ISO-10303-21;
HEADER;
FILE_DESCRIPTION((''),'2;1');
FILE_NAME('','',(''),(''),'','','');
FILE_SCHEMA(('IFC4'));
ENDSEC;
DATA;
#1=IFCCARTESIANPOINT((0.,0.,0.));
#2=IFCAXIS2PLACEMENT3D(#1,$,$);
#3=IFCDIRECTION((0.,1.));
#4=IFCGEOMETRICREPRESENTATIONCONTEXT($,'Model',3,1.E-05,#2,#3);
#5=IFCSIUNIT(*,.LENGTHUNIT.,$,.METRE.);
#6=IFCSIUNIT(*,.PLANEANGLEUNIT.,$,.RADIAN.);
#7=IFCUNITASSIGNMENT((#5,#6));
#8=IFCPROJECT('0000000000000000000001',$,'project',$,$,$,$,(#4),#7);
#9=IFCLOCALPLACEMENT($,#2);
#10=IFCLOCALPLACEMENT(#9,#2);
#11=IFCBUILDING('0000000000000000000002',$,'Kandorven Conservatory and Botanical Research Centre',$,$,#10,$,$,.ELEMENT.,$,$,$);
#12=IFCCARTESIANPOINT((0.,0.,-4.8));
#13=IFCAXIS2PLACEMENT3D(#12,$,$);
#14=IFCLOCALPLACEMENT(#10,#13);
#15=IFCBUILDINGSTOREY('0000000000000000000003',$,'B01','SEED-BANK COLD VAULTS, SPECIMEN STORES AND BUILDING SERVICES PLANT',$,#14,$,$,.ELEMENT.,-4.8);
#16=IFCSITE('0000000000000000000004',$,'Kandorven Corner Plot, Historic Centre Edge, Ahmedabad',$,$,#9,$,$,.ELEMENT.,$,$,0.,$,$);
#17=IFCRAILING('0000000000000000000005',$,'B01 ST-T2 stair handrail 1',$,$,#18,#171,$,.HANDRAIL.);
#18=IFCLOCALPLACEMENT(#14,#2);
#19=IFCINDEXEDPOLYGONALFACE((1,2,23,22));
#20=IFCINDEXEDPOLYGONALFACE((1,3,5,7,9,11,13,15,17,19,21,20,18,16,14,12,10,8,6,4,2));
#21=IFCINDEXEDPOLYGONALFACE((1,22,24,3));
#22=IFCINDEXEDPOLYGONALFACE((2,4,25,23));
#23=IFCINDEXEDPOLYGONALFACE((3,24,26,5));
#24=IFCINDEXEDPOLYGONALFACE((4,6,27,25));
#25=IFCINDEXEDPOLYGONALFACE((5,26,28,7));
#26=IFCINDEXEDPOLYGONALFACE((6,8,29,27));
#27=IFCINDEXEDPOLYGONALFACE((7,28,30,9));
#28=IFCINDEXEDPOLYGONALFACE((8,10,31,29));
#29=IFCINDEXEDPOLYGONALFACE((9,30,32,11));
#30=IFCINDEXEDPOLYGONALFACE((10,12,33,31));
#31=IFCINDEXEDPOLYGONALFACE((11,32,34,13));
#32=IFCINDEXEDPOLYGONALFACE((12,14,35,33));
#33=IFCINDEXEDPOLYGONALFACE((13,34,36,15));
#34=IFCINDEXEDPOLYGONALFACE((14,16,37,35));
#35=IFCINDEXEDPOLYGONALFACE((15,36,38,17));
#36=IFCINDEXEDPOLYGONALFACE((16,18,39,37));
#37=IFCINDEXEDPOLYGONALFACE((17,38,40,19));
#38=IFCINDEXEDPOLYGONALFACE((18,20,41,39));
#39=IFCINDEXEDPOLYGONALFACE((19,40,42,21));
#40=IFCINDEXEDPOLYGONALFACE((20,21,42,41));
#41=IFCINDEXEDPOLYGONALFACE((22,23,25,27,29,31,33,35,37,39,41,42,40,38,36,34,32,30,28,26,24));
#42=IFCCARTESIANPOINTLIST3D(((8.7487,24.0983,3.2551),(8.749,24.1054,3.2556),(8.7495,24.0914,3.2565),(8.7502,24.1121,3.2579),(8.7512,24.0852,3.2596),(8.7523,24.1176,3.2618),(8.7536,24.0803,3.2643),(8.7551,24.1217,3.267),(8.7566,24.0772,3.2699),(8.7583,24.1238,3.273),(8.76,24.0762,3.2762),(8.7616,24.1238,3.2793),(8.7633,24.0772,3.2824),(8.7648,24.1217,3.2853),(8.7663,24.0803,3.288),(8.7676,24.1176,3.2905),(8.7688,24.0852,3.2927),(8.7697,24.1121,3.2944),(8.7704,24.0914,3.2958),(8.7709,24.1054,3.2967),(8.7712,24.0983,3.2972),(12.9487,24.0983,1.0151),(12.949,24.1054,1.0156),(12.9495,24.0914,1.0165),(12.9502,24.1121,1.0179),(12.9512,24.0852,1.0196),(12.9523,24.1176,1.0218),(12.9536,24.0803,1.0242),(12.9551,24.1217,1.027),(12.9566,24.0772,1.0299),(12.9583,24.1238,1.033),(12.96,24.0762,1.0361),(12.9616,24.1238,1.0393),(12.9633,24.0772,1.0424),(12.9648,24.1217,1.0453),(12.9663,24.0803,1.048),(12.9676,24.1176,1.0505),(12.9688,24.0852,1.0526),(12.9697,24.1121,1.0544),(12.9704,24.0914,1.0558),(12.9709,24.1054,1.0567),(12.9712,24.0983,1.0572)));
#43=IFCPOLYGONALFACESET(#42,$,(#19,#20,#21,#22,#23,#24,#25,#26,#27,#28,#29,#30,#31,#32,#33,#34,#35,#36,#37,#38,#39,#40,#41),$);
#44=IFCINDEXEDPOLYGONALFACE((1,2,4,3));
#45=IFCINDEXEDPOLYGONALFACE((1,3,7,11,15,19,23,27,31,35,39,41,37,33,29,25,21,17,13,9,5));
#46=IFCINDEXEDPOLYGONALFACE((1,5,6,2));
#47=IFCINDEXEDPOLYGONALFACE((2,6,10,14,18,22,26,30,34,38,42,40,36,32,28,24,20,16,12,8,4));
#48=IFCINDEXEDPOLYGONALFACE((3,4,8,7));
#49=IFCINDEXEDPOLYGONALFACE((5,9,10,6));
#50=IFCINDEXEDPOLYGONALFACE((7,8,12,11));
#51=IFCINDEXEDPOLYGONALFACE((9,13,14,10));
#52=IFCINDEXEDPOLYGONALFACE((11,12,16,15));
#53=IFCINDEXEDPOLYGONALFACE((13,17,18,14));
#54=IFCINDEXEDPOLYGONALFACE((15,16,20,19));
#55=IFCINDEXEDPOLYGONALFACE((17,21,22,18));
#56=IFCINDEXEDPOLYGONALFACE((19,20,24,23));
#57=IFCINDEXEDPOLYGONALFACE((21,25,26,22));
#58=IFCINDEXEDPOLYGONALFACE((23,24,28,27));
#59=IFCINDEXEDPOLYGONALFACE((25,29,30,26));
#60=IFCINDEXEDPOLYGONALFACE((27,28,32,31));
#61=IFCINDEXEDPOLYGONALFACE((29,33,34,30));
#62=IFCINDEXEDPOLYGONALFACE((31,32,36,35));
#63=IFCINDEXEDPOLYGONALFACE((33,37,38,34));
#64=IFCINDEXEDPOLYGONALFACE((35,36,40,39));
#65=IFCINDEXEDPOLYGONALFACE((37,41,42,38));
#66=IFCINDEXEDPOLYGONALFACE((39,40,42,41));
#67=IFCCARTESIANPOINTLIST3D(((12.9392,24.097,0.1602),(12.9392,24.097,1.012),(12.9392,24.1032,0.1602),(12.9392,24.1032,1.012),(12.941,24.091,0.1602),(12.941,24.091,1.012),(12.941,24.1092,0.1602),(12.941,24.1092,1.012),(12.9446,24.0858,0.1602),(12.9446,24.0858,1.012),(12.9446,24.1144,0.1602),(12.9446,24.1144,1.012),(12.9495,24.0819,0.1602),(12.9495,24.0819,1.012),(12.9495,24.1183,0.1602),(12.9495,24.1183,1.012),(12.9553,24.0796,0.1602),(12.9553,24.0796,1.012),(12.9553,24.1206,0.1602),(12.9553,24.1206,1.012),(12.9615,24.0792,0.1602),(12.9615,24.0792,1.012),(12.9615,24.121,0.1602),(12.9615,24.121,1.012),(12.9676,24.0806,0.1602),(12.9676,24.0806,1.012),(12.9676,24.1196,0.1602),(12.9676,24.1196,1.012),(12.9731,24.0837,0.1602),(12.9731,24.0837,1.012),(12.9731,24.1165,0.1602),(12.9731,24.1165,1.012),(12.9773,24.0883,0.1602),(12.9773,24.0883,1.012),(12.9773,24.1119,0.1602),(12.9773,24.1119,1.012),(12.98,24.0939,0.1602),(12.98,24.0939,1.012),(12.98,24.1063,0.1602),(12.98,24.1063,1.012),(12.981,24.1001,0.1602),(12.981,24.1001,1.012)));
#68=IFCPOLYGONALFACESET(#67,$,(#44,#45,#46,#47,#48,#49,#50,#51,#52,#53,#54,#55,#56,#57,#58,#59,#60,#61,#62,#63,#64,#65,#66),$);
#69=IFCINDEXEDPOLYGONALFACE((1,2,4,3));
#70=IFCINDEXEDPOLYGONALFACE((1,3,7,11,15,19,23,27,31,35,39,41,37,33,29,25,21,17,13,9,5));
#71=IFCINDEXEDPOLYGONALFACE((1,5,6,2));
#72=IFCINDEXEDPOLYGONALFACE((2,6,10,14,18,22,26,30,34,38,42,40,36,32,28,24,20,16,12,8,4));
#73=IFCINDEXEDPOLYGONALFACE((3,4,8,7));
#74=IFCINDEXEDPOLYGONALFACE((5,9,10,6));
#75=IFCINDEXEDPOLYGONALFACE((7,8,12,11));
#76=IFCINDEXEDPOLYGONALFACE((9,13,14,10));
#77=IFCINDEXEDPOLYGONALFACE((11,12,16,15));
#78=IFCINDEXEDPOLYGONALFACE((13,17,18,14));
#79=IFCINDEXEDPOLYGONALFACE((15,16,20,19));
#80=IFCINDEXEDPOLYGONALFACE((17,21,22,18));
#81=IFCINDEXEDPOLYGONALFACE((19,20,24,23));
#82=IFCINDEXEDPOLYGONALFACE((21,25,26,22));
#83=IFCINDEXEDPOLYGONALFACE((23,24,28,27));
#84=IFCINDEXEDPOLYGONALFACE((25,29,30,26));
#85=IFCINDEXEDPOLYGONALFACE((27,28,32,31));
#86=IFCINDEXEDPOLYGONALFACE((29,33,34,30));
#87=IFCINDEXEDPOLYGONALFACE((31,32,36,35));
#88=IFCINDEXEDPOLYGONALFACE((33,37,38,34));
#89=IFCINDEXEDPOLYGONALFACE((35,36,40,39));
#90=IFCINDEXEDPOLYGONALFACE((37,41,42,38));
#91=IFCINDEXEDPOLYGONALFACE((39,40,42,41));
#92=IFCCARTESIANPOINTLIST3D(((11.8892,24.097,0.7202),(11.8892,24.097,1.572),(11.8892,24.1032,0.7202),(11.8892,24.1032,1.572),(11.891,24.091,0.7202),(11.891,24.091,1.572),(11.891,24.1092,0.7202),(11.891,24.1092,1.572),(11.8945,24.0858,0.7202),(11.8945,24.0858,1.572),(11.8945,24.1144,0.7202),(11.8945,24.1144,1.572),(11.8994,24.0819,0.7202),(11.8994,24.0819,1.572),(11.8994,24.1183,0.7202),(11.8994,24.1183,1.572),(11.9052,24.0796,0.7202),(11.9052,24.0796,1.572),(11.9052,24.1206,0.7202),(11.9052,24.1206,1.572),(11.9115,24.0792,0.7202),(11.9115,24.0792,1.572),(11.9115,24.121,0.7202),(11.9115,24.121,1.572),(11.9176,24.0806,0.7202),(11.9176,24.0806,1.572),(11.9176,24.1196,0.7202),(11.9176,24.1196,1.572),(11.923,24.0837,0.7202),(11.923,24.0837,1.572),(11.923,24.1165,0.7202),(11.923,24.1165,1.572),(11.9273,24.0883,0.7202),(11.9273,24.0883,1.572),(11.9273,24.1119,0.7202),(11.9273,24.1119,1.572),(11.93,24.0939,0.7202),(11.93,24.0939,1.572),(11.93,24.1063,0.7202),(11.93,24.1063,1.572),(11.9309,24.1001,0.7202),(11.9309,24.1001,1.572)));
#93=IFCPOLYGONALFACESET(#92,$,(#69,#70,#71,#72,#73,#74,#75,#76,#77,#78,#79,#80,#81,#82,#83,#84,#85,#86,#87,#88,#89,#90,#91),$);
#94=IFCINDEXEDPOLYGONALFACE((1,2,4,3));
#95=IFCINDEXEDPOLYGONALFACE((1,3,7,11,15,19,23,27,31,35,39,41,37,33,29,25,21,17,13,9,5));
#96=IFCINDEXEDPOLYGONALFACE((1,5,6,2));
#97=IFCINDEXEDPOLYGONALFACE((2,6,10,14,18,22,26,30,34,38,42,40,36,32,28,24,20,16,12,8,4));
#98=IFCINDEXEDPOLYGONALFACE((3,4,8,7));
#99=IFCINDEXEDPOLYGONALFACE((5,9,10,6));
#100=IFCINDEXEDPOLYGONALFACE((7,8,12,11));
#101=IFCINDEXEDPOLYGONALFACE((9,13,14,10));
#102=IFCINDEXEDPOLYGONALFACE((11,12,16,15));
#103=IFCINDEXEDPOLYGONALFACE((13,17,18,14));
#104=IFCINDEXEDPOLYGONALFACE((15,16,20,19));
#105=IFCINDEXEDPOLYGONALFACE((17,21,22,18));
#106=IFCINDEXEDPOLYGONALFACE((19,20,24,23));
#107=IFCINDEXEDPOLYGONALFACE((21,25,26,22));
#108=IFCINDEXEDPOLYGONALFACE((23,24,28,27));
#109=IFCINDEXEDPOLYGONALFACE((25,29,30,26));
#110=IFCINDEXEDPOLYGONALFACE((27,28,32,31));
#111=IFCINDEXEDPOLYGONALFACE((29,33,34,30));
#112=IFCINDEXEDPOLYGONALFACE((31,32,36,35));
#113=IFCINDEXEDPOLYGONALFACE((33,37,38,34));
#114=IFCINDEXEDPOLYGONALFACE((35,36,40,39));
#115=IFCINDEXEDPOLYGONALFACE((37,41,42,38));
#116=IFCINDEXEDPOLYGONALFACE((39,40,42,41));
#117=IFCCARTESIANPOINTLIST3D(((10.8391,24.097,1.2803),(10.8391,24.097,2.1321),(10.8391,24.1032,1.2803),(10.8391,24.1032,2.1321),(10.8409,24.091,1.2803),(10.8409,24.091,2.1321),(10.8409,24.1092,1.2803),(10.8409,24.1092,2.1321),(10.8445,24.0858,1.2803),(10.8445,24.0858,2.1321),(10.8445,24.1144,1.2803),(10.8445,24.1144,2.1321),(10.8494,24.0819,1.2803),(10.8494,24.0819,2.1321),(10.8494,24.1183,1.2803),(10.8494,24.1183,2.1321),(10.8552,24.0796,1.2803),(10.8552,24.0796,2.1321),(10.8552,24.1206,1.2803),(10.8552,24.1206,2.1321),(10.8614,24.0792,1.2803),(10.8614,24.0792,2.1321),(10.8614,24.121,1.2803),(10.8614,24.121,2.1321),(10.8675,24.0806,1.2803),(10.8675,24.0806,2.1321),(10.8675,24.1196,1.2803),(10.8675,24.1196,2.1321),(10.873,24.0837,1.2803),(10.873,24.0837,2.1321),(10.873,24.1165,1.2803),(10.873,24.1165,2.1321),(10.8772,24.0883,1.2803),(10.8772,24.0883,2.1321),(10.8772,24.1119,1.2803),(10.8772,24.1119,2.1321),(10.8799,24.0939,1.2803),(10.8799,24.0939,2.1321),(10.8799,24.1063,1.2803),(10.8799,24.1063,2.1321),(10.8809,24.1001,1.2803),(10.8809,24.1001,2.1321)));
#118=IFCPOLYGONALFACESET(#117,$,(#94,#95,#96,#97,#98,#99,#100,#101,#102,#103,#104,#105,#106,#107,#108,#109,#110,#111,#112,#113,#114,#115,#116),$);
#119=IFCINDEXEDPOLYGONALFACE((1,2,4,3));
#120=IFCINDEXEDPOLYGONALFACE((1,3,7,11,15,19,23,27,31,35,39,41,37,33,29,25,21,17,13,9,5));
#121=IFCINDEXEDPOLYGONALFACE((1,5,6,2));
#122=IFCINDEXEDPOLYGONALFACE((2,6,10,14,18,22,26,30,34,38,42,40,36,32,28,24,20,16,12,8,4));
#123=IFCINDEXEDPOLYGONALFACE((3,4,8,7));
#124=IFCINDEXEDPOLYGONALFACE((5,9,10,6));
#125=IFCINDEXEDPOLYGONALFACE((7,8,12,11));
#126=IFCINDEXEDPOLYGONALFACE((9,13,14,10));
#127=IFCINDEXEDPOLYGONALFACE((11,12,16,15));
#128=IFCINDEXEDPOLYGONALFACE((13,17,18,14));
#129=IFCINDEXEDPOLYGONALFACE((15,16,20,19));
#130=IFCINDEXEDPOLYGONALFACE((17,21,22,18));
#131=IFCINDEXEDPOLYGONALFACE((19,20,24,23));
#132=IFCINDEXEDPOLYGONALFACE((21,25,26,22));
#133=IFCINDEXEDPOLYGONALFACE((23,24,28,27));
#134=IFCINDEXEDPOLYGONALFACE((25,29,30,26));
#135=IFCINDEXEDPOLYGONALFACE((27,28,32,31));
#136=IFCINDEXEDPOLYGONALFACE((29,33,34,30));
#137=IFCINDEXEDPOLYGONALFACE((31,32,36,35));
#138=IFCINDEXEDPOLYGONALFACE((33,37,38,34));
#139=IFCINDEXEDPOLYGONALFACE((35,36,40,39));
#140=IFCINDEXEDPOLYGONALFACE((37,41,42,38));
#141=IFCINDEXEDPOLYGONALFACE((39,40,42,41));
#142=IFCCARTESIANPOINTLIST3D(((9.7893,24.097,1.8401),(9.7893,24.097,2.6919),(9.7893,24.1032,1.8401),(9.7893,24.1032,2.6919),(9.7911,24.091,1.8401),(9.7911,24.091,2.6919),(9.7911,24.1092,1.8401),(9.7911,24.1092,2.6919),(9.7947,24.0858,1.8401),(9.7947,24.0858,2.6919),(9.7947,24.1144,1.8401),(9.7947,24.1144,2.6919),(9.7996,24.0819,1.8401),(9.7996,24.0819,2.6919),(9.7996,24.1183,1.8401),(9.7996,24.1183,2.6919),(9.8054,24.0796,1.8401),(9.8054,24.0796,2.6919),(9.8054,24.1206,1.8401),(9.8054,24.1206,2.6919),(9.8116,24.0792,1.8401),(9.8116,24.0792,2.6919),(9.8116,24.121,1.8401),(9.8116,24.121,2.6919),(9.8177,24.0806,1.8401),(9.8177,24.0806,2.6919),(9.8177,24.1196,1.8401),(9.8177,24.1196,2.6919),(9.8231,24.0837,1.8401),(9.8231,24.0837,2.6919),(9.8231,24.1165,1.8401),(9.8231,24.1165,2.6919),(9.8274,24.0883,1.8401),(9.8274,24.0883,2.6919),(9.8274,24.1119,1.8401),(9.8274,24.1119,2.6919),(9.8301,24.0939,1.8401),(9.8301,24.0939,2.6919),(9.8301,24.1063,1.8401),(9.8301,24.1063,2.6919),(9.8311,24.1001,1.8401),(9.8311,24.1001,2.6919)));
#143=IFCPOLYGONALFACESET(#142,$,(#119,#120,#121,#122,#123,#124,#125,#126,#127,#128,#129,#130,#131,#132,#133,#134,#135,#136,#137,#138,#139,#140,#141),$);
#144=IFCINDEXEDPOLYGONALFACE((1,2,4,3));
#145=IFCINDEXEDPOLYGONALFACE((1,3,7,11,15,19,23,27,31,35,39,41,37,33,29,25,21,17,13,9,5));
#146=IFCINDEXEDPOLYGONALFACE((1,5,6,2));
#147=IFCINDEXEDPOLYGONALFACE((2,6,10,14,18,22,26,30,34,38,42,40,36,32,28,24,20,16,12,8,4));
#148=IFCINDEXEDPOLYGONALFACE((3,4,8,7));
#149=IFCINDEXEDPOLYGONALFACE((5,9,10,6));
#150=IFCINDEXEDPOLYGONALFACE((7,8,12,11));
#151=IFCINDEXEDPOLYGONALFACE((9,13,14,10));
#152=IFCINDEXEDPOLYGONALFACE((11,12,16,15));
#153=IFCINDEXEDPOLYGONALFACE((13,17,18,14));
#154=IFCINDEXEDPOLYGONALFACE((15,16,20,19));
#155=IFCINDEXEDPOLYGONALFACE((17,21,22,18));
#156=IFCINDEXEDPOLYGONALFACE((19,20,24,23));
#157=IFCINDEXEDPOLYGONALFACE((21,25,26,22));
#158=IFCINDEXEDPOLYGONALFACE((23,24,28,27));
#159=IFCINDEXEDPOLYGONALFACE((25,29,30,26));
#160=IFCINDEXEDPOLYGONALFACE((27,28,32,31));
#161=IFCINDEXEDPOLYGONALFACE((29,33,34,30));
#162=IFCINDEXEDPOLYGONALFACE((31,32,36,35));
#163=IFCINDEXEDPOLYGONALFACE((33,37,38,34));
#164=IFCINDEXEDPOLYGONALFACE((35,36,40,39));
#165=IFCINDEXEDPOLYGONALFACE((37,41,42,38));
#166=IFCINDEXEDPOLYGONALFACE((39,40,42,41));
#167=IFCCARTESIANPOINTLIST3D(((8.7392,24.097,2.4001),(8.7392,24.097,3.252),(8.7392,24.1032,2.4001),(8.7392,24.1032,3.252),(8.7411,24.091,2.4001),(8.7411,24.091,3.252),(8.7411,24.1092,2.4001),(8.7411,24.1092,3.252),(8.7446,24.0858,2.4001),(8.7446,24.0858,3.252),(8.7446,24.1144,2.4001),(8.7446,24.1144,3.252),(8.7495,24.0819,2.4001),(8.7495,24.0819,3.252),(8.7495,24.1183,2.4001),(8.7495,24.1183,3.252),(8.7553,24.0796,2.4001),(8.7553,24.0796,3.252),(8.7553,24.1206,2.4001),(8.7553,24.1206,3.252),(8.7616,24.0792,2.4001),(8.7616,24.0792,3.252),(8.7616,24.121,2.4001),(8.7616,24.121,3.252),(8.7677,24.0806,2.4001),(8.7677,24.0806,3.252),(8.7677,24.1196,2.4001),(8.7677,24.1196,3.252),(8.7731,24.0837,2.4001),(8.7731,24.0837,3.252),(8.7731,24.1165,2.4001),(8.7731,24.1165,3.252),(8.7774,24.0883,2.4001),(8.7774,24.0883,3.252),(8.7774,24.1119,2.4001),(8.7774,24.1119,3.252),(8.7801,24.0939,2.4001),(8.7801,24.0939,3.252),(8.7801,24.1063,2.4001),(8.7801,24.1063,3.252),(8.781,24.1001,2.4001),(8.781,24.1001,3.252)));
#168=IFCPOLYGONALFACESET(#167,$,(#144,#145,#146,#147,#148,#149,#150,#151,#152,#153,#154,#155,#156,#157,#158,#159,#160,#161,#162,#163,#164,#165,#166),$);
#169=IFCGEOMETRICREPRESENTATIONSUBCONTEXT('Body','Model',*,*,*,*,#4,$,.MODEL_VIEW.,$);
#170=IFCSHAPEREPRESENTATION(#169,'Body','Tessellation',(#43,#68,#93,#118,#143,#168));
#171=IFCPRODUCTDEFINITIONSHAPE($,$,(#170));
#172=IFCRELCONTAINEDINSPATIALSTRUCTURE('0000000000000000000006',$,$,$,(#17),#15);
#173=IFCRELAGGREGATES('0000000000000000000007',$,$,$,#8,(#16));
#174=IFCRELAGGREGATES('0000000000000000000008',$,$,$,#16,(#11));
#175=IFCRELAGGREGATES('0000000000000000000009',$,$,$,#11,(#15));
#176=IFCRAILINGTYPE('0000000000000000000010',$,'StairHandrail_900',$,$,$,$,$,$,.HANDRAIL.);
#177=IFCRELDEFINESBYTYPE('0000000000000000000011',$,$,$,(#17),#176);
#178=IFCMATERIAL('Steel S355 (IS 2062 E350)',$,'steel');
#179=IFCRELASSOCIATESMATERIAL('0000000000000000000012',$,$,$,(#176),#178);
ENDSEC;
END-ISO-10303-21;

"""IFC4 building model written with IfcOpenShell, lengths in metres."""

from ifc_helpers import new_model, si_unit, direction, frame, origin, origin_2d, place, context, subcontext, project, spatial, circle, extrude, material, type_object, element, save


model = new_model("IFC4")

# Units and contexts
model_context = context("Model", 3, precision=1e-05, world=origin(), true_north=direction((0.0, 1.0)))
body_context = subcontext(model_context, "Body", "Model", "MODEL_VIEW")
ifc_project = project(units=[si_unit("LENGTHUNIT", "METRE"), si_unit("PLANEANGLEUNIT", "RADIAN")], contexts=[model_context])

# Site, building, storey
site_placement = place(None, origin())
site = spatial("IfcSite", under=ifc_project, at=site_placement, Name="Kandorven Corner Plot, Historic Centre Edge, Ahmedabad", CompositionType="ELEMENT", RefElevation=0.0)
building_placement = place(site_placement, origin())
building = spatial("IfcBuilding", under=site, at=building_placement, Name="Kandorven Conservatory and Botanical Research Centre", CompositionType="ELEMENT")
storey_placement = place(building_placement, frame((0.0, 0.0, -4.8)))
storey = spatial("IfcBuildingStorey", under=building, at=storey_placement, Name="B01", Description="SEED-BANK COLD VAULTS, SPECIMEN STORES AND BUILDING SERVICES PLANT", CompositionType="ELEMENT", Elevation=-4.8)

# Railing
ifc_material_1 = material(Name="Steel S355 (IS 2062 E350)", Category="steel")
railing_type_1 = type_object("IfcRailingType", Name="StairHandrail_900", PredefinedType="HANDRAIL", material=ifc_material_1)
railing_1_placement = place(storey_placement, frame((12.96, 24.1001, 0.1602)))
element("IfcRailing", 1, at=railing_1_placement, inside=storey, type_object=railing_type_1, Name="B01 ST-T2 stair handrail 1", PredefinedType="HANDRAIL", context=body_context, shape_type="SweptSolid", body=[
    extrude(circle(Radius=0.0239, at=origin_2d()), frame((0.0, 0.0, 0.876), z_axis=(-0.882352, 0.0, 0.470591), x_axis=(0.0, -1.0, 0.0)), (0.0, 0.0, 1.0), 4.76),
    extrude(circle(Radius=0.021, at=origin_2d()), origin(), (0.0, 0.0, 1.0), 0.8518),
    extrude(circle(Radius=0.021, at=origin_2d()), frame((-1.05, 0.0, 0.5601)), (0.0, 0.0, 1.0), 0.8518),
    extrude(circle(Radius=0.021, at=origin_2d()), frame((-2.1001, 0.0, 1.1201)), (0.0, 0.0, 1.0), 0.8518),
    extrude(circle(Radius=0.021, at=origin_2d()), frame((-3.1499, 0.0, 1.6799)), (0.0, 0.0, 1.0), 0.8518),
    extrude(circle(Radius=0.021, at=origin_2d()), frame((-4.2, 0.0, 2.24)), (0.0, 0.0, 1.0), 0.8518),
])

save(model, "model.ifc")
